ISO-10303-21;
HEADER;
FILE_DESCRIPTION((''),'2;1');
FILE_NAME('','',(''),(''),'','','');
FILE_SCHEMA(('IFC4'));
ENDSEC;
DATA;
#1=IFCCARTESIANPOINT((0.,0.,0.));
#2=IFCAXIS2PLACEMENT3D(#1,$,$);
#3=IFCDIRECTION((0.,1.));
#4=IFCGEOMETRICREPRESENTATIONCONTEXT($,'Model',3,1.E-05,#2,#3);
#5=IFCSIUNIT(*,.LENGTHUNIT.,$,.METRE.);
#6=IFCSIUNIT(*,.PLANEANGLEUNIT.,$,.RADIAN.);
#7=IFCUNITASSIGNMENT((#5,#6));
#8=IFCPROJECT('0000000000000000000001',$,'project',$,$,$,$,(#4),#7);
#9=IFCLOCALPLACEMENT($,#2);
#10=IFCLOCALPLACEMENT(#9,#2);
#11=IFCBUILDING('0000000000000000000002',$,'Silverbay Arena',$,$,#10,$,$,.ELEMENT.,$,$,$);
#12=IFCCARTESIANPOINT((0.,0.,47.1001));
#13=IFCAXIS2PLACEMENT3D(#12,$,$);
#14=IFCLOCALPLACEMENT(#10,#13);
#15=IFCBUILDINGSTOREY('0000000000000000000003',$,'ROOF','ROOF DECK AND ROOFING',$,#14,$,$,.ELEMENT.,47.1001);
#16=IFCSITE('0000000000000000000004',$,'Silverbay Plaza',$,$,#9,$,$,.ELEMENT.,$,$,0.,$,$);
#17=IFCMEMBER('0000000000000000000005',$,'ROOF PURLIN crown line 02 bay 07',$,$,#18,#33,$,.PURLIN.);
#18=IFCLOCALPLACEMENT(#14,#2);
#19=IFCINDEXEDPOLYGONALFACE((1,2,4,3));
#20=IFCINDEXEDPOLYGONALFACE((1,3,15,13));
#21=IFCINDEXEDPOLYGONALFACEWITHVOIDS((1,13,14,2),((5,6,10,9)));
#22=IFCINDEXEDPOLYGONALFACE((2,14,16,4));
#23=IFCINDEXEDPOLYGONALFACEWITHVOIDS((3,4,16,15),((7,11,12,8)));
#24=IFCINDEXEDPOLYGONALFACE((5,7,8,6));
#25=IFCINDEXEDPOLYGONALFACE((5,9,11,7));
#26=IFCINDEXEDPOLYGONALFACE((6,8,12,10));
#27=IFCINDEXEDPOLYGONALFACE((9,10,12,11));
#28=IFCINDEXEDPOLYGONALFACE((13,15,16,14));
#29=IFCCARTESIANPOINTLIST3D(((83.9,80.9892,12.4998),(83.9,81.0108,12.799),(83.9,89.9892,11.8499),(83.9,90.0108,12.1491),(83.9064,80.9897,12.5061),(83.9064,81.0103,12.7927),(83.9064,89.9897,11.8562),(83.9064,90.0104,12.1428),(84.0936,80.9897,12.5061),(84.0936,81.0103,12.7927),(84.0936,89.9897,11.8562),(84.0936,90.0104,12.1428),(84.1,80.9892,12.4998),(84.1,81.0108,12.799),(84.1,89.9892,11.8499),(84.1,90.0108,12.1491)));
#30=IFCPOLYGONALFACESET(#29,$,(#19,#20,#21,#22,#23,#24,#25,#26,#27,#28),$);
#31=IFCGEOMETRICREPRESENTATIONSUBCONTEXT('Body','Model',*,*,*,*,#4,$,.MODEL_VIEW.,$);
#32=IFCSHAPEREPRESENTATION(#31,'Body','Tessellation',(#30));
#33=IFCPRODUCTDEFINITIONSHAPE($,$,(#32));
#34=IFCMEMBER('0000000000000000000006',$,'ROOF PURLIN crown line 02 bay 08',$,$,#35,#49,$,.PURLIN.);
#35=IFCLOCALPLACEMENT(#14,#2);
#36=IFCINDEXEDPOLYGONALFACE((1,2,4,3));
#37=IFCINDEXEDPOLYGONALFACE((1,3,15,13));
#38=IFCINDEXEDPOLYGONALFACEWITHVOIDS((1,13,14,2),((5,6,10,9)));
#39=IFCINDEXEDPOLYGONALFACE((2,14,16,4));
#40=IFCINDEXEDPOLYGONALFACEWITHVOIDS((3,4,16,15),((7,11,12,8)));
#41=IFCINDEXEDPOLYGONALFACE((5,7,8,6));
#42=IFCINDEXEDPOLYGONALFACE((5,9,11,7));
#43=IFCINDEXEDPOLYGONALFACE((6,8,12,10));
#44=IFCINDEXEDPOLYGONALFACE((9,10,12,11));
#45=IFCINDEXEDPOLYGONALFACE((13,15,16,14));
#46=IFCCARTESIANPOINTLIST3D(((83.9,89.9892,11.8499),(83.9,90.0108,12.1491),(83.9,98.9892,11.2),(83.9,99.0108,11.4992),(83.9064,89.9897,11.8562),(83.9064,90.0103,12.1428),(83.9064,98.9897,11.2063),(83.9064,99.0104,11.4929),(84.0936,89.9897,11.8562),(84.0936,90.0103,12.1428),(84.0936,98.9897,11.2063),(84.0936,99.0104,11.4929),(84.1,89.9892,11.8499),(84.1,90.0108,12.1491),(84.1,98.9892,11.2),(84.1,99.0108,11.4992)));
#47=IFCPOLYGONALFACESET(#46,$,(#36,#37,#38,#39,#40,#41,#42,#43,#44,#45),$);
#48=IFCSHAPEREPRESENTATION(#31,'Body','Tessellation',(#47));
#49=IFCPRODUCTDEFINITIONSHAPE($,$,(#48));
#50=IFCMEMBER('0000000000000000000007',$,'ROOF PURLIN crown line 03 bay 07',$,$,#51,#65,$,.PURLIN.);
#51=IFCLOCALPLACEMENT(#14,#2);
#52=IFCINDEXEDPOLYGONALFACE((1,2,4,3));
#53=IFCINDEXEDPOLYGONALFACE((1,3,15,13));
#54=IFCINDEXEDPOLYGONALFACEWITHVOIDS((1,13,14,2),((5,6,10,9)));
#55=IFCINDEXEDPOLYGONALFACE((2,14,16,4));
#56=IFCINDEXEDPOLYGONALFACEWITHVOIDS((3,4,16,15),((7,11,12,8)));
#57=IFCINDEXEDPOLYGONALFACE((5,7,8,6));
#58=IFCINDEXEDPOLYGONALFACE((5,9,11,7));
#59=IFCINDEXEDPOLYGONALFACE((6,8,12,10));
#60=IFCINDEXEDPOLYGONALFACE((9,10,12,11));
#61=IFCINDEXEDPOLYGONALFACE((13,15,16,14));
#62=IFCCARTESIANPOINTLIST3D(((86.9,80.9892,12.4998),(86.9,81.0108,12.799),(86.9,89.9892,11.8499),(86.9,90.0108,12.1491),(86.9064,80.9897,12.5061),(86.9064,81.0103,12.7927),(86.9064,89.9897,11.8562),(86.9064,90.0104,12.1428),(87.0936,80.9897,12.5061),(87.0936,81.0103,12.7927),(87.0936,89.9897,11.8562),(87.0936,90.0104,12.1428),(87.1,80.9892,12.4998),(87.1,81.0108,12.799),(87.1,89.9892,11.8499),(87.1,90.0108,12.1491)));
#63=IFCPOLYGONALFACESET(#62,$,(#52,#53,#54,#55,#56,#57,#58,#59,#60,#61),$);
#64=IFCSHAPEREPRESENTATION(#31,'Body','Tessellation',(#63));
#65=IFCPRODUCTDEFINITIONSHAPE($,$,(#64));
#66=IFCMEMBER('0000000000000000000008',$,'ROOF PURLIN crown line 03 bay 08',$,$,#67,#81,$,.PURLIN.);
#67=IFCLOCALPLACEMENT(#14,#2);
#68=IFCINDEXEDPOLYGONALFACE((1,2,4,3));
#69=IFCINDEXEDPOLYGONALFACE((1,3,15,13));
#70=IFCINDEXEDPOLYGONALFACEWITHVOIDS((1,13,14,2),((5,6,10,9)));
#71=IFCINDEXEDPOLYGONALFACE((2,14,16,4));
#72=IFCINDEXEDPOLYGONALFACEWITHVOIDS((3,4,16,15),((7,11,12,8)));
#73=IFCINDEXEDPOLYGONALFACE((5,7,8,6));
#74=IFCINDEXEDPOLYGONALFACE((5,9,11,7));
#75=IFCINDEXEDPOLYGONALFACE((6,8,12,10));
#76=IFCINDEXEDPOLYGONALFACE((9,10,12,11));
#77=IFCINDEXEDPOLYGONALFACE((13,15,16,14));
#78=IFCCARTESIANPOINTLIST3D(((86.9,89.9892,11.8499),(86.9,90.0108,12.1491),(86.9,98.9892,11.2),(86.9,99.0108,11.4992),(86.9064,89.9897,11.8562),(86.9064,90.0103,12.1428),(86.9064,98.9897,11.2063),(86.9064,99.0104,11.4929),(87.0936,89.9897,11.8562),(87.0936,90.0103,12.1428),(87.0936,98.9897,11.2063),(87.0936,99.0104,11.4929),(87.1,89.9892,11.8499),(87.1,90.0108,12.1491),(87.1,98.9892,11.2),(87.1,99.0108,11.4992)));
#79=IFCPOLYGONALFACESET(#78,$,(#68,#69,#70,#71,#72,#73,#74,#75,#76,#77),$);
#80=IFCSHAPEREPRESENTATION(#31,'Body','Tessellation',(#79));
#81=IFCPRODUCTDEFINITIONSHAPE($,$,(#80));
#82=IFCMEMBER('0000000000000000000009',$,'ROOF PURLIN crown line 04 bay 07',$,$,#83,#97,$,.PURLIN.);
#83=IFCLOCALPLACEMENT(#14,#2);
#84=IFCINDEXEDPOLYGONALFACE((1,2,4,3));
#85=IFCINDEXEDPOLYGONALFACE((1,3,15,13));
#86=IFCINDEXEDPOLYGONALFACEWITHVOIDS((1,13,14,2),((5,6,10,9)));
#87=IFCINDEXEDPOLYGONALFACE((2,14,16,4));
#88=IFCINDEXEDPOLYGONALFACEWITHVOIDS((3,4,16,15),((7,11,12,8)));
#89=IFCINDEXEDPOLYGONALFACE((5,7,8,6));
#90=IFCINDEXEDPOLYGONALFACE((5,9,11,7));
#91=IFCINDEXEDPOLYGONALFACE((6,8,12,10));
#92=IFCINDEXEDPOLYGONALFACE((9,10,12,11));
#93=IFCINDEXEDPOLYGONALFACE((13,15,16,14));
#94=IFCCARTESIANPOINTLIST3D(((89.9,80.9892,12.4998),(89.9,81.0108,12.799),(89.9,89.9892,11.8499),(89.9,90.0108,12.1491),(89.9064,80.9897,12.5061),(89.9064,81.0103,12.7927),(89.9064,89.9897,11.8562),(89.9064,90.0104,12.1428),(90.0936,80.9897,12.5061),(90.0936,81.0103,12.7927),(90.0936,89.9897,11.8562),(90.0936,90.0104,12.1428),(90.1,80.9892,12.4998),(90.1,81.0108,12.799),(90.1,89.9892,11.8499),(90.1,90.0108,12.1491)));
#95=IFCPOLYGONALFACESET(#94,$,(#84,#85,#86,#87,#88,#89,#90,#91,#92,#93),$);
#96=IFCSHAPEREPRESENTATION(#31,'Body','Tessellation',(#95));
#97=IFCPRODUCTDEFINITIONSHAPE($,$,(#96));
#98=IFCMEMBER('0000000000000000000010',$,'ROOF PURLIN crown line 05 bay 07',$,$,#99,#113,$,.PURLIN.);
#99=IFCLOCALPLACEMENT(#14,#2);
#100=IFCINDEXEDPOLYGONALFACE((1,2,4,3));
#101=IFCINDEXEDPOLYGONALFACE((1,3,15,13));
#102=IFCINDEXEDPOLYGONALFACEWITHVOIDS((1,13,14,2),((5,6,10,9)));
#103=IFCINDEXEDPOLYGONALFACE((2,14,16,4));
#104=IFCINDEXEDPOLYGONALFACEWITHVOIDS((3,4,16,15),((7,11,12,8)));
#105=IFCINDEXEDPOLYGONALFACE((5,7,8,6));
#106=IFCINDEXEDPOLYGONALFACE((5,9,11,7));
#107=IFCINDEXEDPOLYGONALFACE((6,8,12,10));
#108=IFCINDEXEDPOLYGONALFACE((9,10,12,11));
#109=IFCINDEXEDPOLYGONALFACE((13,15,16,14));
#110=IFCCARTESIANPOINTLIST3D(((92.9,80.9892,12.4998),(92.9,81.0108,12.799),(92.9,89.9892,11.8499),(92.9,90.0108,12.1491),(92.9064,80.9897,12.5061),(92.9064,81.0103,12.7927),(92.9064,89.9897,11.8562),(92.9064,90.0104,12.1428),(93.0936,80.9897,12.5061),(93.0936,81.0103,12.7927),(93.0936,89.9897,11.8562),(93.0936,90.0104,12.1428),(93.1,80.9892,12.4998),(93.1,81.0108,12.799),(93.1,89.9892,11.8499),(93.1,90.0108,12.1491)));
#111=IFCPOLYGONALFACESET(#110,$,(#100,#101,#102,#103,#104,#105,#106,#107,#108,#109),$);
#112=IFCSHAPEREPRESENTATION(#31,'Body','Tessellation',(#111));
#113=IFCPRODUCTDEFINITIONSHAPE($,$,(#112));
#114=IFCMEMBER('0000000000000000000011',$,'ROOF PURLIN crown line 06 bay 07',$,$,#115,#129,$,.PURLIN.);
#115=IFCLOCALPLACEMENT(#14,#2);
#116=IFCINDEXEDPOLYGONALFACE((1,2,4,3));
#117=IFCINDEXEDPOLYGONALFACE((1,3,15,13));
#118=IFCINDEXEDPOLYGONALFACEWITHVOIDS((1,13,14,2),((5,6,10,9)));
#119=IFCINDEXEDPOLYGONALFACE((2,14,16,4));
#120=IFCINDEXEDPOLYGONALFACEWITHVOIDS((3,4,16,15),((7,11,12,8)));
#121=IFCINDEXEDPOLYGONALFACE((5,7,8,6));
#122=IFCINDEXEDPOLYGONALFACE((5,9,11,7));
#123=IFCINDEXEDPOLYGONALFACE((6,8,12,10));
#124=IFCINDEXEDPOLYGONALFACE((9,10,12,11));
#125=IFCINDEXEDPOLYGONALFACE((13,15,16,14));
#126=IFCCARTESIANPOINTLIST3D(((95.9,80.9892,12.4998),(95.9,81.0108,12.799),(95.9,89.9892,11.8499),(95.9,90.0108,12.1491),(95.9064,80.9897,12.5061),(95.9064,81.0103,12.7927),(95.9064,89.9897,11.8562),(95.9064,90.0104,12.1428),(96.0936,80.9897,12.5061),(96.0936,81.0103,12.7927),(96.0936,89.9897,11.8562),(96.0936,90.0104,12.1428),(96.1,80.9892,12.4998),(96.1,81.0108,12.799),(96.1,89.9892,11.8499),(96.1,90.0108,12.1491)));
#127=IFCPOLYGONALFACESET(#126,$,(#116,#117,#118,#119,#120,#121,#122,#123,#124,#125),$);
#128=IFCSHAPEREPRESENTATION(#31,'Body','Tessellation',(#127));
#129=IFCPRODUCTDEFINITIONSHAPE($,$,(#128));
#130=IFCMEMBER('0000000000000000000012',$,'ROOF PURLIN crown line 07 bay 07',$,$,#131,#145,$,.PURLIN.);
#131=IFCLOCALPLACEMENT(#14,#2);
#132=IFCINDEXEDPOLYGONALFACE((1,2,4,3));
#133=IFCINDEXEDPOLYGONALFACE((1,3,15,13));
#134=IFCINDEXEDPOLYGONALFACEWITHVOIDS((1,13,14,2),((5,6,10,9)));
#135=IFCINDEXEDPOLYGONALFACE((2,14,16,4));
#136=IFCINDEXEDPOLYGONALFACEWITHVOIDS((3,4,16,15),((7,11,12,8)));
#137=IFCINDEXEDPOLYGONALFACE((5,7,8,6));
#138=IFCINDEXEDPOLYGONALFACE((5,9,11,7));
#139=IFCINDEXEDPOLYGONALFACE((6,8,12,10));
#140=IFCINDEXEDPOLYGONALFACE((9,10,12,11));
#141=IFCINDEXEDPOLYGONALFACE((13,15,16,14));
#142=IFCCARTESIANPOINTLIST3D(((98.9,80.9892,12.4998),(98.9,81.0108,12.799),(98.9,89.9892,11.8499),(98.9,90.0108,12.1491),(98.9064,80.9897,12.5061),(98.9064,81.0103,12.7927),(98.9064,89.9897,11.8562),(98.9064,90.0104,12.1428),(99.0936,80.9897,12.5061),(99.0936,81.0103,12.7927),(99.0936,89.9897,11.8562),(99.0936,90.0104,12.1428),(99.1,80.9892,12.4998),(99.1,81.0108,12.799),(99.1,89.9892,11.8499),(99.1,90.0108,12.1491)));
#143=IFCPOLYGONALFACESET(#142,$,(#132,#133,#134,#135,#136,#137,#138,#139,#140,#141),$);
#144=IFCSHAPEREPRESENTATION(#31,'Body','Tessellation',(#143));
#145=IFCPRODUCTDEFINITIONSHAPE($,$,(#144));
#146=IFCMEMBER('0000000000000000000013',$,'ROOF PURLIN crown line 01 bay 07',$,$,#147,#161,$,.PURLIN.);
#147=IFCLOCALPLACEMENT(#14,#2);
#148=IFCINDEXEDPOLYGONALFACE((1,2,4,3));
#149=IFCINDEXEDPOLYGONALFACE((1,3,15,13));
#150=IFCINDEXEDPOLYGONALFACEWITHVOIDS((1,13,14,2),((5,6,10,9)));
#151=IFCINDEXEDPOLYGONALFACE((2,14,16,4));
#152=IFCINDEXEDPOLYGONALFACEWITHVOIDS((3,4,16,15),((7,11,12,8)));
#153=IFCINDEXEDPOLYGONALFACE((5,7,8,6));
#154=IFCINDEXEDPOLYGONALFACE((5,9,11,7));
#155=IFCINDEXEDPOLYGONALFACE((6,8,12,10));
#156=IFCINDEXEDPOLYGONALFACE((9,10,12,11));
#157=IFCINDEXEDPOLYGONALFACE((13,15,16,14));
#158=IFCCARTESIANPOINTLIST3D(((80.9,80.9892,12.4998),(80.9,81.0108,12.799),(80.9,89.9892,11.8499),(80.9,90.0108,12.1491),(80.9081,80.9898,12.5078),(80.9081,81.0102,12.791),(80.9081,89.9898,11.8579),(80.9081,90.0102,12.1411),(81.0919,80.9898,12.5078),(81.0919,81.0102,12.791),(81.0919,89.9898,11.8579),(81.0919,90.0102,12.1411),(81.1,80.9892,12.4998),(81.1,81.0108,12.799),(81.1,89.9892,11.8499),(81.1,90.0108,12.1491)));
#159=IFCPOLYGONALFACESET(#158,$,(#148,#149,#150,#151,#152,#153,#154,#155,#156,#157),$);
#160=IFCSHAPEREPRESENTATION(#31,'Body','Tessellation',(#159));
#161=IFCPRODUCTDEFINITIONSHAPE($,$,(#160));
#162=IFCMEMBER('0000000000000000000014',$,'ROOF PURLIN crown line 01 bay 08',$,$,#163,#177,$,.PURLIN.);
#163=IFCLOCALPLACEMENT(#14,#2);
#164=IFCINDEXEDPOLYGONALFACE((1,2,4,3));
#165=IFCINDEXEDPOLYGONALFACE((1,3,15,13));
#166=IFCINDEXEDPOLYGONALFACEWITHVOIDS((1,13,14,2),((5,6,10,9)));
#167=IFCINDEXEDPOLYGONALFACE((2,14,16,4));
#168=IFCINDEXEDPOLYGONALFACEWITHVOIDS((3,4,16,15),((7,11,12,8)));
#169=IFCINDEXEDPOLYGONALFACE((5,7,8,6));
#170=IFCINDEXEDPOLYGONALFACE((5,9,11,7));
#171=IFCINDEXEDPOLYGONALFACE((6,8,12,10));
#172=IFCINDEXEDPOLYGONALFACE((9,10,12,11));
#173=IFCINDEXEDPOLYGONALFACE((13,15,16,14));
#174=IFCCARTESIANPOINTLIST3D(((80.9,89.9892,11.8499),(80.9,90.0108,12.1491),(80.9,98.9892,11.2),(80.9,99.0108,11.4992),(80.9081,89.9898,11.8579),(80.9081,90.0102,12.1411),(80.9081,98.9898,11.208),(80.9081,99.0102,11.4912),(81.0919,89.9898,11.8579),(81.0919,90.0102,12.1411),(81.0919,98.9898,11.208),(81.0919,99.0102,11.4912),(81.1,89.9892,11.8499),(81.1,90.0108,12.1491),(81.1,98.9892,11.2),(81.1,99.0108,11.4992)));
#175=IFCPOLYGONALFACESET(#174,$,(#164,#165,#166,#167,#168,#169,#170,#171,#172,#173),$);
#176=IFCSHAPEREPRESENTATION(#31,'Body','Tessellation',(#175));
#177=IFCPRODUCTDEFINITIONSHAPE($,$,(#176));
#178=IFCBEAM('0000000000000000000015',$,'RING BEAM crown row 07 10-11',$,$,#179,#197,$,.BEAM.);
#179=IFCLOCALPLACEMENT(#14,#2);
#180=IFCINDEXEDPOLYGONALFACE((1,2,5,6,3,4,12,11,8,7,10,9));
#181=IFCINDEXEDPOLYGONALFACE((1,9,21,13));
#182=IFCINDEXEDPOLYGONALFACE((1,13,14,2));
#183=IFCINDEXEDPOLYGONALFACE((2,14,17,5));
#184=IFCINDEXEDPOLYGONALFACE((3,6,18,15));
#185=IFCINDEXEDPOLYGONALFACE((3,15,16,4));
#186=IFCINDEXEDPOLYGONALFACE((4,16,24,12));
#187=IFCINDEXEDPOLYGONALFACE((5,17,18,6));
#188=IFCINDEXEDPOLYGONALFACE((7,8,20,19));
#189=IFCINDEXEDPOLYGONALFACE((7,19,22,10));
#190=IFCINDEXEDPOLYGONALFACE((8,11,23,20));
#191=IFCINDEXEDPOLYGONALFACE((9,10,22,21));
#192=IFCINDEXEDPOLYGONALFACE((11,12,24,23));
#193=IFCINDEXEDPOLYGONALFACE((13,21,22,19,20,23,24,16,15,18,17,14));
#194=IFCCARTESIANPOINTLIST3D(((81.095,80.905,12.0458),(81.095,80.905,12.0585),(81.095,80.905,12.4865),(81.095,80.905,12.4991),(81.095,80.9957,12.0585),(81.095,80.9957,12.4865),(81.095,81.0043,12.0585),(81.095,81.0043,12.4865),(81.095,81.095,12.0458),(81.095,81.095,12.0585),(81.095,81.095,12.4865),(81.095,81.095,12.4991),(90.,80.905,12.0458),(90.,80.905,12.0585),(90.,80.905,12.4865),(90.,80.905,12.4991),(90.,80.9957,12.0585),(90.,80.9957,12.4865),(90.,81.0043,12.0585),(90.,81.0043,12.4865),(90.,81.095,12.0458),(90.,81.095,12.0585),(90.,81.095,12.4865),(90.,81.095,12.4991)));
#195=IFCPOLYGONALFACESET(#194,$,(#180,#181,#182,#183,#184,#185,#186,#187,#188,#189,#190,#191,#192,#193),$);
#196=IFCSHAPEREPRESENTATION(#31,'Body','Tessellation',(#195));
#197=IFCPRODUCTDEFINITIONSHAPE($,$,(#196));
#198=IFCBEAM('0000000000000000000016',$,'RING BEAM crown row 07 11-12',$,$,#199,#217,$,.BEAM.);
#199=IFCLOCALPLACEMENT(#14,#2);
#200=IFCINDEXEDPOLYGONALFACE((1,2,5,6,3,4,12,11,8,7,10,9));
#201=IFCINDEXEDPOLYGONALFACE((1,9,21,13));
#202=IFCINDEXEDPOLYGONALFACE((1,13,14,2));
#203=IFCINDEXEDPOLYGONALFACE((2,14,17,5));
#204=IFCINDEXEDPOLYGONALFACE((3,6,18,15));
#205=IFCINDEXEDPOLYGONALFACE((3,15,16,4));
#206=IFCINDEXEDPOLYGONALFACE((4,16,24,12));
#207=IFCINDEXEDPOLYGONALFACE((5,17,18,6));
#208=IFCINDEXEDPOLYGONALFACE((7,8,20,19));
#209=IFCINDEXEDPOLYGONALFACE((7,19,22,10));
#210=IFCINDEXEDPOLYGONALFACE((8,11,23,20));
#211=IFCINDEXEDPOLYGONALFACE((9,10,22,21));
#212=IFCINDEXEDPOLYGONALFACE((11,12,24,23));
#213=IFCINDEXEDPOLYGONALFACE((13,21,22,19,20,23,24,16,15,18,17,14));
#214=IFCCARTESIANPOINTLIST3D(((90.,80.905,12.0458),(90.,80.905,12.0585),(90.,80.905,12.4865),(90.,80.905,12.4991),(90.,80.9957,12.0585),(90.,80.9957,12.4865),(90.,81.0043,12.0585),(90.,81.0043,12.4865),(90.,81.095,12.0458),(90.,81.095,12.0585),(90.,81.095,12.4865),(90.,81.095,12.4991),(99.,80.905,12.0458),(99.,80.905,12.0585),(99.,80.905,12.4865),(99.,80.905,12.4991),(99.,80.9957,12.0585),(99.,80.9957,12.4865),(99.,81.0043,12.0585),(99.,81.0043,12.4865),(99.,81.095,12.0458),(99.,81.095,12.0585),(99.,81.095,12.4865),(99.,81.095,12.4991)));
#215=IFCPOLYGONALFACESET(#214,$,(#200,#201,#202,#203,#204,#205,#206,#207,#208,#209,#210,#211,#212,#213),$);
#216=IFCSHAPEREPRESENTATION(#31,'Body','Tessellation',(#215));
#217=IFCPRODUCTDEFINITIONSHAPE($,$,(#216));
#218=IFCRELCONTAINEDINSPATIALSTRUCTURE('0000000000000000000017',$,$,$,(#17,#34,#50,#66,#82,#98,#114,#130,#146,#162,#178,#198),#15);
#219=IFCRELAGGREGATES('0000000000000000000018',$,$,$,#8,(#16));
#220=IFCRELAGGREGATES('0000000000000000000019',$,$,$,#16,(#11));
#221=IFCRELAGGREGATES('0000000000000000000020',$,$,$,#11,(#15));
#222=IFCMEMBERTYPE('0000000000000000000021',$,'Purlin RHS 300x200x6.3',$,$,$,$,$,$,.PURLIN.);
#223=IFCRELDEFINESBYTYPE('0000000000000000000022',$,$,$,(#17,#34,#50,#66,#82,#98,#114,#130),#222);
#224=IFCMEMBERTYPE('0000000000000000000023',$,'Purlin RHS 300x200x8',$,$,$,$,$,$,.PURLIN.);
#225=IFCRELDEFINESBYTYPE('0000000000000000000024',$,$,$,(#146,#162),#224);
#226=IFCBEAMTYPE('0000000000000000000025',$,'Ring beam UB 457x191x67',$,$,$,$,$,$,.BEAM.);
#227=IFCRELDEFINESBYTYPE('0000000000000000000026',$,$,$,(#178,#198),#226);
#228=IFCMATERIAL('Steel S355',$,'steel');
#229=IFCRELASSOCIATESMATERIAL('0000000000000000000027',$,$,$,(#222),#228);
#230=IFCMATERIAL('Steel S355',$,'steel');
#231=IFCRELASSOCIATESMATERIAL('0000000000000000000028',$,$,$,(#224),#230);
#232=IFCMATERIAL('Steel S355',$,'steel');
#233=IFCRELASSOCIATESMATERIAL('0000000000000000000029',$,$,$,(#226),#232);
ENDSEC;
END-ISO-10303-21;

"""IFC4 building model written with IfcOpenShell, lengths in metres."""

from ifc_helpers import new_model, si_unit, direction, frame, origin, origin_2d, place, context, subcontext, project, spatial, hollow_rectangle, i_section, extrude, material, material_profile, profile_set, type_object, element, save


model = new_model("IFC4")

# Units and contexts
model_context = context("Model", 3, precision=1e-05, world=origin(), true_north=direction((0.0, 1.0)))
body_context = subcontext(model_context, "Body", "Model", "MODEL_VIEW")
ifc_project = project(units=[si_unit("LENGTHUNIT", "METRE"), si_unit("PLANEANGLEUNIT", "RADIAN")], contexts=[model_context])

# Site, building, storey
site_placement = place(None, origin())
site = spatial("IfcSite", under=ifc_project, at=site_placement, Name="Silverbay Plaza", CompositionType="ELEMENT", RefElevation=0.0)
building_placement = place(site_placement, origin())
building = spatial("IfcBuilding", under=site, at=building_placement, Name="Silverbay Arena", CompositionType="ELEMENT")
storey_placement = place(building_placement, frame((0.0, 0.0, 47.1001)))
storey = spatial("IfcBuildingStorey", under=building, at=storey_placement, Name="ROOF", Description="ROOF DECK AND ROOFING", CompositionType="ELEMENT", Elevation=47.1001)

# Members
ifc_material_1 = material(Name="Steel S355", Category="steel")
ifc_material_profile_1 = material_profile(ifc_material_1, hollow_rectangle(XDim=0.2, YDim=0.3, WallThickness=0.0063, at=origin_2d()), Name="RHS 300x200x6.3")
ifc_profile_set_1 = profile_set([ifc_material_profile_1], Name="Steel S355")
member_type_1 = type_object("IfcMemberType", Name="Purlin RHS 300x200x6.3", PredefinedType="PURLIN", material=ifc_profile_set_1)
for number, where, z_axis, x_axis, name in (
    (1, (84.0, 81.0, 12.6494), (0.0, 0.997403, -0.072024), (-1.0, 0.0, 0.0), "ROOF PURLIN crown line 02 bay 07"),
    (2, (84.0, 90.0, 11.9995), (0.0, 0.997403, -0.072024), (-1.0, 0.0, 0.0), "ROOF PURLIN crown line 02 bay 08"),
    (3, (87.0, 81.0, 12.6494), (0.0, 0.997403, -0.072024), (-1.0, 0.0, 0.0), "ROOF PURLIN crown line 03 bay 07"),
    (4, (87.0, 90.0, 11.9995), (0.0, 0.997403, -0.072024), (-1.0, 0.0, 0.0), "ROOF PURLIN crown line 03 bay 08"),
    (5, (90.0, 81.0, 12.6494), (0.0, 0.997403, -0.072024), (-1.0, 0.0, 0.0), "ROOF PURLIN crown line 04 bay 07"),
    (6, (93.0, 81.0, 12.6494), (0.0, 0.997403, -0.072024), (-1.0, 0.0, 0.0), "ROOF PURLIN crown line 05 bay 07"),
    (7, (96.0, 81.0, 12.6494), (0.0, 0.997403, -0.072024), (-1.0, 0.0, 0.0), "ROOF PURLIN crown line 06 bay 07"),
    (8, (99.0, 81.0, 12.6494), (0.0, 0.997403, -0.072024), (-1.0, 0.0, 0.0), "ROOF PURLIN crown line 07 bay 07"),
):
    element("IfcMember", number, at=place(storey_placement, frame(where, z_axis=z_axis, x_axis=x_axis)), inside=storey, type_object=member_type_1, Name=name, PredefinedType="PURLIN", context=body_context, shape_type="SweptSolid", body=[
        extrude(hollow_rectangle(XDim=0.2, YDim=0.3, WallThickness=0.0063, at=origin_2d()), origin(), (0.0, 0.0, 1.0), 9.0234),
    ])
ifc_material_2 = material(Name="Steel S355", Category="steel")
ifc_material_profile_2 = material_profile(ifc_material_2, hollow_rectangle(XDim=0.2, YDim=0.3, WallThickness=0.0081, at=origin_2d()), Name="RHS 300x200x8")
ifc_profile_set_2 = profile_set([ifc_material_profile_2], Name="Steel S355")
member_type_2 = type_object("IfcMemberType", Name="Purlin RHS 300x200x8", PredefinedType="PURLIN", material=ifc_profile_set_2)
for number, where, z_axis, x_axis, name in (
    (9, (81.0, 81.0, 12.6494), (0.0, 0.997403, -0.072024), (-1.0, 0.0, 0.0), "ROOF PURLIN crown line 01 bay 07"),
    (10, (81.0, 90.0, 11.9995), (0.0, 0.997403, -0.072024), (-1.0, 0.0, 0.0), "ROOF PURLIN crown line 01 bay 08"),
):
    element("IfcMember", number, at=place(storey_placement, frame(where, z_axis=z_axis, x_axis=x_axis)), inside=storey, type_object=member_type_2, Name=name, PredefinedType="PURLIN", context=body_context, shape_type="SweptSolid", body=[
        extrude(hollow_rectangle(XDim=0.2, YDim=0.3, WallThickness=0.0081, at=origin_2d()), origin(), (0.0, 0.0, 1.0), 9.0234),
    ])

# Beams
ifc_material_3 = material(Name="Steel S355", Category="steel")
ifc_material_profile_3 = material_profile(ifc_material_3, i_section(OverallWidth=0.1899, OverallDepth=0.4534, WebThickness=0.0085, FlangeThickness=0.0127, at=origin_2d()), Name="UB 457x191x67")
ifc_profile_set_3 = profile_set([ifc_material_profile_3], Name="Steel S355")
beam_type = type_object("IfcBeamType", Name="Ring beam UB 457x191x67", PredefinedType="BEAM", material=ifc_profile_set_3)
beam_1_placement = place(storey_placement, frame((81.095, 81.0, 12.2725), z_axis=(1.0, 0.0, 0.0), x_axis=(0.0, 1.0, 0.0)))
element("IfcBeam", 11, at=beam_1_placement, inside=storey, type_object=beam_type, Name="RING BEAM crown row 07 10-11", PredefinedType="BEAM", context=body_context, shape_type="SweptSolid", body=[
    extrude(i_section(OverallWidth=0.1899, OverallDepth=0.4534, WebThickness=0.0085, FlangeThickness=0.0127, at=origin_2d()), origin(), (0.0, 0.0, 1.0), 8.905),
])
for number, where, z_axis, x_axis, name in (
    (12, (90.0, 81.0, 12.2725), (1.0, 0.0, 0.0), (0.0, 1.0, 0.0), "RING BEAM crown row 07 11-12"),
):
    element("IfcBeam", number, at=place(storey_placement, frame(where, z_axis=z_axis, x_axis=x_axis)), inside=storey, type_object=beam_type, Name=name, PredefinedType="BEAM", context=body_context, shape_type="SweptSolid", body=[
        extrude(i_section(OverallWidth=0.1899, OverallDepth=0.4534, WebThickness=0.0085, FlangeThickness=0.0127, at=origin_2d()), origin(), (0.0, 0.0, 1.0), 9.0),
    ])

save(model, "model.ifc")
